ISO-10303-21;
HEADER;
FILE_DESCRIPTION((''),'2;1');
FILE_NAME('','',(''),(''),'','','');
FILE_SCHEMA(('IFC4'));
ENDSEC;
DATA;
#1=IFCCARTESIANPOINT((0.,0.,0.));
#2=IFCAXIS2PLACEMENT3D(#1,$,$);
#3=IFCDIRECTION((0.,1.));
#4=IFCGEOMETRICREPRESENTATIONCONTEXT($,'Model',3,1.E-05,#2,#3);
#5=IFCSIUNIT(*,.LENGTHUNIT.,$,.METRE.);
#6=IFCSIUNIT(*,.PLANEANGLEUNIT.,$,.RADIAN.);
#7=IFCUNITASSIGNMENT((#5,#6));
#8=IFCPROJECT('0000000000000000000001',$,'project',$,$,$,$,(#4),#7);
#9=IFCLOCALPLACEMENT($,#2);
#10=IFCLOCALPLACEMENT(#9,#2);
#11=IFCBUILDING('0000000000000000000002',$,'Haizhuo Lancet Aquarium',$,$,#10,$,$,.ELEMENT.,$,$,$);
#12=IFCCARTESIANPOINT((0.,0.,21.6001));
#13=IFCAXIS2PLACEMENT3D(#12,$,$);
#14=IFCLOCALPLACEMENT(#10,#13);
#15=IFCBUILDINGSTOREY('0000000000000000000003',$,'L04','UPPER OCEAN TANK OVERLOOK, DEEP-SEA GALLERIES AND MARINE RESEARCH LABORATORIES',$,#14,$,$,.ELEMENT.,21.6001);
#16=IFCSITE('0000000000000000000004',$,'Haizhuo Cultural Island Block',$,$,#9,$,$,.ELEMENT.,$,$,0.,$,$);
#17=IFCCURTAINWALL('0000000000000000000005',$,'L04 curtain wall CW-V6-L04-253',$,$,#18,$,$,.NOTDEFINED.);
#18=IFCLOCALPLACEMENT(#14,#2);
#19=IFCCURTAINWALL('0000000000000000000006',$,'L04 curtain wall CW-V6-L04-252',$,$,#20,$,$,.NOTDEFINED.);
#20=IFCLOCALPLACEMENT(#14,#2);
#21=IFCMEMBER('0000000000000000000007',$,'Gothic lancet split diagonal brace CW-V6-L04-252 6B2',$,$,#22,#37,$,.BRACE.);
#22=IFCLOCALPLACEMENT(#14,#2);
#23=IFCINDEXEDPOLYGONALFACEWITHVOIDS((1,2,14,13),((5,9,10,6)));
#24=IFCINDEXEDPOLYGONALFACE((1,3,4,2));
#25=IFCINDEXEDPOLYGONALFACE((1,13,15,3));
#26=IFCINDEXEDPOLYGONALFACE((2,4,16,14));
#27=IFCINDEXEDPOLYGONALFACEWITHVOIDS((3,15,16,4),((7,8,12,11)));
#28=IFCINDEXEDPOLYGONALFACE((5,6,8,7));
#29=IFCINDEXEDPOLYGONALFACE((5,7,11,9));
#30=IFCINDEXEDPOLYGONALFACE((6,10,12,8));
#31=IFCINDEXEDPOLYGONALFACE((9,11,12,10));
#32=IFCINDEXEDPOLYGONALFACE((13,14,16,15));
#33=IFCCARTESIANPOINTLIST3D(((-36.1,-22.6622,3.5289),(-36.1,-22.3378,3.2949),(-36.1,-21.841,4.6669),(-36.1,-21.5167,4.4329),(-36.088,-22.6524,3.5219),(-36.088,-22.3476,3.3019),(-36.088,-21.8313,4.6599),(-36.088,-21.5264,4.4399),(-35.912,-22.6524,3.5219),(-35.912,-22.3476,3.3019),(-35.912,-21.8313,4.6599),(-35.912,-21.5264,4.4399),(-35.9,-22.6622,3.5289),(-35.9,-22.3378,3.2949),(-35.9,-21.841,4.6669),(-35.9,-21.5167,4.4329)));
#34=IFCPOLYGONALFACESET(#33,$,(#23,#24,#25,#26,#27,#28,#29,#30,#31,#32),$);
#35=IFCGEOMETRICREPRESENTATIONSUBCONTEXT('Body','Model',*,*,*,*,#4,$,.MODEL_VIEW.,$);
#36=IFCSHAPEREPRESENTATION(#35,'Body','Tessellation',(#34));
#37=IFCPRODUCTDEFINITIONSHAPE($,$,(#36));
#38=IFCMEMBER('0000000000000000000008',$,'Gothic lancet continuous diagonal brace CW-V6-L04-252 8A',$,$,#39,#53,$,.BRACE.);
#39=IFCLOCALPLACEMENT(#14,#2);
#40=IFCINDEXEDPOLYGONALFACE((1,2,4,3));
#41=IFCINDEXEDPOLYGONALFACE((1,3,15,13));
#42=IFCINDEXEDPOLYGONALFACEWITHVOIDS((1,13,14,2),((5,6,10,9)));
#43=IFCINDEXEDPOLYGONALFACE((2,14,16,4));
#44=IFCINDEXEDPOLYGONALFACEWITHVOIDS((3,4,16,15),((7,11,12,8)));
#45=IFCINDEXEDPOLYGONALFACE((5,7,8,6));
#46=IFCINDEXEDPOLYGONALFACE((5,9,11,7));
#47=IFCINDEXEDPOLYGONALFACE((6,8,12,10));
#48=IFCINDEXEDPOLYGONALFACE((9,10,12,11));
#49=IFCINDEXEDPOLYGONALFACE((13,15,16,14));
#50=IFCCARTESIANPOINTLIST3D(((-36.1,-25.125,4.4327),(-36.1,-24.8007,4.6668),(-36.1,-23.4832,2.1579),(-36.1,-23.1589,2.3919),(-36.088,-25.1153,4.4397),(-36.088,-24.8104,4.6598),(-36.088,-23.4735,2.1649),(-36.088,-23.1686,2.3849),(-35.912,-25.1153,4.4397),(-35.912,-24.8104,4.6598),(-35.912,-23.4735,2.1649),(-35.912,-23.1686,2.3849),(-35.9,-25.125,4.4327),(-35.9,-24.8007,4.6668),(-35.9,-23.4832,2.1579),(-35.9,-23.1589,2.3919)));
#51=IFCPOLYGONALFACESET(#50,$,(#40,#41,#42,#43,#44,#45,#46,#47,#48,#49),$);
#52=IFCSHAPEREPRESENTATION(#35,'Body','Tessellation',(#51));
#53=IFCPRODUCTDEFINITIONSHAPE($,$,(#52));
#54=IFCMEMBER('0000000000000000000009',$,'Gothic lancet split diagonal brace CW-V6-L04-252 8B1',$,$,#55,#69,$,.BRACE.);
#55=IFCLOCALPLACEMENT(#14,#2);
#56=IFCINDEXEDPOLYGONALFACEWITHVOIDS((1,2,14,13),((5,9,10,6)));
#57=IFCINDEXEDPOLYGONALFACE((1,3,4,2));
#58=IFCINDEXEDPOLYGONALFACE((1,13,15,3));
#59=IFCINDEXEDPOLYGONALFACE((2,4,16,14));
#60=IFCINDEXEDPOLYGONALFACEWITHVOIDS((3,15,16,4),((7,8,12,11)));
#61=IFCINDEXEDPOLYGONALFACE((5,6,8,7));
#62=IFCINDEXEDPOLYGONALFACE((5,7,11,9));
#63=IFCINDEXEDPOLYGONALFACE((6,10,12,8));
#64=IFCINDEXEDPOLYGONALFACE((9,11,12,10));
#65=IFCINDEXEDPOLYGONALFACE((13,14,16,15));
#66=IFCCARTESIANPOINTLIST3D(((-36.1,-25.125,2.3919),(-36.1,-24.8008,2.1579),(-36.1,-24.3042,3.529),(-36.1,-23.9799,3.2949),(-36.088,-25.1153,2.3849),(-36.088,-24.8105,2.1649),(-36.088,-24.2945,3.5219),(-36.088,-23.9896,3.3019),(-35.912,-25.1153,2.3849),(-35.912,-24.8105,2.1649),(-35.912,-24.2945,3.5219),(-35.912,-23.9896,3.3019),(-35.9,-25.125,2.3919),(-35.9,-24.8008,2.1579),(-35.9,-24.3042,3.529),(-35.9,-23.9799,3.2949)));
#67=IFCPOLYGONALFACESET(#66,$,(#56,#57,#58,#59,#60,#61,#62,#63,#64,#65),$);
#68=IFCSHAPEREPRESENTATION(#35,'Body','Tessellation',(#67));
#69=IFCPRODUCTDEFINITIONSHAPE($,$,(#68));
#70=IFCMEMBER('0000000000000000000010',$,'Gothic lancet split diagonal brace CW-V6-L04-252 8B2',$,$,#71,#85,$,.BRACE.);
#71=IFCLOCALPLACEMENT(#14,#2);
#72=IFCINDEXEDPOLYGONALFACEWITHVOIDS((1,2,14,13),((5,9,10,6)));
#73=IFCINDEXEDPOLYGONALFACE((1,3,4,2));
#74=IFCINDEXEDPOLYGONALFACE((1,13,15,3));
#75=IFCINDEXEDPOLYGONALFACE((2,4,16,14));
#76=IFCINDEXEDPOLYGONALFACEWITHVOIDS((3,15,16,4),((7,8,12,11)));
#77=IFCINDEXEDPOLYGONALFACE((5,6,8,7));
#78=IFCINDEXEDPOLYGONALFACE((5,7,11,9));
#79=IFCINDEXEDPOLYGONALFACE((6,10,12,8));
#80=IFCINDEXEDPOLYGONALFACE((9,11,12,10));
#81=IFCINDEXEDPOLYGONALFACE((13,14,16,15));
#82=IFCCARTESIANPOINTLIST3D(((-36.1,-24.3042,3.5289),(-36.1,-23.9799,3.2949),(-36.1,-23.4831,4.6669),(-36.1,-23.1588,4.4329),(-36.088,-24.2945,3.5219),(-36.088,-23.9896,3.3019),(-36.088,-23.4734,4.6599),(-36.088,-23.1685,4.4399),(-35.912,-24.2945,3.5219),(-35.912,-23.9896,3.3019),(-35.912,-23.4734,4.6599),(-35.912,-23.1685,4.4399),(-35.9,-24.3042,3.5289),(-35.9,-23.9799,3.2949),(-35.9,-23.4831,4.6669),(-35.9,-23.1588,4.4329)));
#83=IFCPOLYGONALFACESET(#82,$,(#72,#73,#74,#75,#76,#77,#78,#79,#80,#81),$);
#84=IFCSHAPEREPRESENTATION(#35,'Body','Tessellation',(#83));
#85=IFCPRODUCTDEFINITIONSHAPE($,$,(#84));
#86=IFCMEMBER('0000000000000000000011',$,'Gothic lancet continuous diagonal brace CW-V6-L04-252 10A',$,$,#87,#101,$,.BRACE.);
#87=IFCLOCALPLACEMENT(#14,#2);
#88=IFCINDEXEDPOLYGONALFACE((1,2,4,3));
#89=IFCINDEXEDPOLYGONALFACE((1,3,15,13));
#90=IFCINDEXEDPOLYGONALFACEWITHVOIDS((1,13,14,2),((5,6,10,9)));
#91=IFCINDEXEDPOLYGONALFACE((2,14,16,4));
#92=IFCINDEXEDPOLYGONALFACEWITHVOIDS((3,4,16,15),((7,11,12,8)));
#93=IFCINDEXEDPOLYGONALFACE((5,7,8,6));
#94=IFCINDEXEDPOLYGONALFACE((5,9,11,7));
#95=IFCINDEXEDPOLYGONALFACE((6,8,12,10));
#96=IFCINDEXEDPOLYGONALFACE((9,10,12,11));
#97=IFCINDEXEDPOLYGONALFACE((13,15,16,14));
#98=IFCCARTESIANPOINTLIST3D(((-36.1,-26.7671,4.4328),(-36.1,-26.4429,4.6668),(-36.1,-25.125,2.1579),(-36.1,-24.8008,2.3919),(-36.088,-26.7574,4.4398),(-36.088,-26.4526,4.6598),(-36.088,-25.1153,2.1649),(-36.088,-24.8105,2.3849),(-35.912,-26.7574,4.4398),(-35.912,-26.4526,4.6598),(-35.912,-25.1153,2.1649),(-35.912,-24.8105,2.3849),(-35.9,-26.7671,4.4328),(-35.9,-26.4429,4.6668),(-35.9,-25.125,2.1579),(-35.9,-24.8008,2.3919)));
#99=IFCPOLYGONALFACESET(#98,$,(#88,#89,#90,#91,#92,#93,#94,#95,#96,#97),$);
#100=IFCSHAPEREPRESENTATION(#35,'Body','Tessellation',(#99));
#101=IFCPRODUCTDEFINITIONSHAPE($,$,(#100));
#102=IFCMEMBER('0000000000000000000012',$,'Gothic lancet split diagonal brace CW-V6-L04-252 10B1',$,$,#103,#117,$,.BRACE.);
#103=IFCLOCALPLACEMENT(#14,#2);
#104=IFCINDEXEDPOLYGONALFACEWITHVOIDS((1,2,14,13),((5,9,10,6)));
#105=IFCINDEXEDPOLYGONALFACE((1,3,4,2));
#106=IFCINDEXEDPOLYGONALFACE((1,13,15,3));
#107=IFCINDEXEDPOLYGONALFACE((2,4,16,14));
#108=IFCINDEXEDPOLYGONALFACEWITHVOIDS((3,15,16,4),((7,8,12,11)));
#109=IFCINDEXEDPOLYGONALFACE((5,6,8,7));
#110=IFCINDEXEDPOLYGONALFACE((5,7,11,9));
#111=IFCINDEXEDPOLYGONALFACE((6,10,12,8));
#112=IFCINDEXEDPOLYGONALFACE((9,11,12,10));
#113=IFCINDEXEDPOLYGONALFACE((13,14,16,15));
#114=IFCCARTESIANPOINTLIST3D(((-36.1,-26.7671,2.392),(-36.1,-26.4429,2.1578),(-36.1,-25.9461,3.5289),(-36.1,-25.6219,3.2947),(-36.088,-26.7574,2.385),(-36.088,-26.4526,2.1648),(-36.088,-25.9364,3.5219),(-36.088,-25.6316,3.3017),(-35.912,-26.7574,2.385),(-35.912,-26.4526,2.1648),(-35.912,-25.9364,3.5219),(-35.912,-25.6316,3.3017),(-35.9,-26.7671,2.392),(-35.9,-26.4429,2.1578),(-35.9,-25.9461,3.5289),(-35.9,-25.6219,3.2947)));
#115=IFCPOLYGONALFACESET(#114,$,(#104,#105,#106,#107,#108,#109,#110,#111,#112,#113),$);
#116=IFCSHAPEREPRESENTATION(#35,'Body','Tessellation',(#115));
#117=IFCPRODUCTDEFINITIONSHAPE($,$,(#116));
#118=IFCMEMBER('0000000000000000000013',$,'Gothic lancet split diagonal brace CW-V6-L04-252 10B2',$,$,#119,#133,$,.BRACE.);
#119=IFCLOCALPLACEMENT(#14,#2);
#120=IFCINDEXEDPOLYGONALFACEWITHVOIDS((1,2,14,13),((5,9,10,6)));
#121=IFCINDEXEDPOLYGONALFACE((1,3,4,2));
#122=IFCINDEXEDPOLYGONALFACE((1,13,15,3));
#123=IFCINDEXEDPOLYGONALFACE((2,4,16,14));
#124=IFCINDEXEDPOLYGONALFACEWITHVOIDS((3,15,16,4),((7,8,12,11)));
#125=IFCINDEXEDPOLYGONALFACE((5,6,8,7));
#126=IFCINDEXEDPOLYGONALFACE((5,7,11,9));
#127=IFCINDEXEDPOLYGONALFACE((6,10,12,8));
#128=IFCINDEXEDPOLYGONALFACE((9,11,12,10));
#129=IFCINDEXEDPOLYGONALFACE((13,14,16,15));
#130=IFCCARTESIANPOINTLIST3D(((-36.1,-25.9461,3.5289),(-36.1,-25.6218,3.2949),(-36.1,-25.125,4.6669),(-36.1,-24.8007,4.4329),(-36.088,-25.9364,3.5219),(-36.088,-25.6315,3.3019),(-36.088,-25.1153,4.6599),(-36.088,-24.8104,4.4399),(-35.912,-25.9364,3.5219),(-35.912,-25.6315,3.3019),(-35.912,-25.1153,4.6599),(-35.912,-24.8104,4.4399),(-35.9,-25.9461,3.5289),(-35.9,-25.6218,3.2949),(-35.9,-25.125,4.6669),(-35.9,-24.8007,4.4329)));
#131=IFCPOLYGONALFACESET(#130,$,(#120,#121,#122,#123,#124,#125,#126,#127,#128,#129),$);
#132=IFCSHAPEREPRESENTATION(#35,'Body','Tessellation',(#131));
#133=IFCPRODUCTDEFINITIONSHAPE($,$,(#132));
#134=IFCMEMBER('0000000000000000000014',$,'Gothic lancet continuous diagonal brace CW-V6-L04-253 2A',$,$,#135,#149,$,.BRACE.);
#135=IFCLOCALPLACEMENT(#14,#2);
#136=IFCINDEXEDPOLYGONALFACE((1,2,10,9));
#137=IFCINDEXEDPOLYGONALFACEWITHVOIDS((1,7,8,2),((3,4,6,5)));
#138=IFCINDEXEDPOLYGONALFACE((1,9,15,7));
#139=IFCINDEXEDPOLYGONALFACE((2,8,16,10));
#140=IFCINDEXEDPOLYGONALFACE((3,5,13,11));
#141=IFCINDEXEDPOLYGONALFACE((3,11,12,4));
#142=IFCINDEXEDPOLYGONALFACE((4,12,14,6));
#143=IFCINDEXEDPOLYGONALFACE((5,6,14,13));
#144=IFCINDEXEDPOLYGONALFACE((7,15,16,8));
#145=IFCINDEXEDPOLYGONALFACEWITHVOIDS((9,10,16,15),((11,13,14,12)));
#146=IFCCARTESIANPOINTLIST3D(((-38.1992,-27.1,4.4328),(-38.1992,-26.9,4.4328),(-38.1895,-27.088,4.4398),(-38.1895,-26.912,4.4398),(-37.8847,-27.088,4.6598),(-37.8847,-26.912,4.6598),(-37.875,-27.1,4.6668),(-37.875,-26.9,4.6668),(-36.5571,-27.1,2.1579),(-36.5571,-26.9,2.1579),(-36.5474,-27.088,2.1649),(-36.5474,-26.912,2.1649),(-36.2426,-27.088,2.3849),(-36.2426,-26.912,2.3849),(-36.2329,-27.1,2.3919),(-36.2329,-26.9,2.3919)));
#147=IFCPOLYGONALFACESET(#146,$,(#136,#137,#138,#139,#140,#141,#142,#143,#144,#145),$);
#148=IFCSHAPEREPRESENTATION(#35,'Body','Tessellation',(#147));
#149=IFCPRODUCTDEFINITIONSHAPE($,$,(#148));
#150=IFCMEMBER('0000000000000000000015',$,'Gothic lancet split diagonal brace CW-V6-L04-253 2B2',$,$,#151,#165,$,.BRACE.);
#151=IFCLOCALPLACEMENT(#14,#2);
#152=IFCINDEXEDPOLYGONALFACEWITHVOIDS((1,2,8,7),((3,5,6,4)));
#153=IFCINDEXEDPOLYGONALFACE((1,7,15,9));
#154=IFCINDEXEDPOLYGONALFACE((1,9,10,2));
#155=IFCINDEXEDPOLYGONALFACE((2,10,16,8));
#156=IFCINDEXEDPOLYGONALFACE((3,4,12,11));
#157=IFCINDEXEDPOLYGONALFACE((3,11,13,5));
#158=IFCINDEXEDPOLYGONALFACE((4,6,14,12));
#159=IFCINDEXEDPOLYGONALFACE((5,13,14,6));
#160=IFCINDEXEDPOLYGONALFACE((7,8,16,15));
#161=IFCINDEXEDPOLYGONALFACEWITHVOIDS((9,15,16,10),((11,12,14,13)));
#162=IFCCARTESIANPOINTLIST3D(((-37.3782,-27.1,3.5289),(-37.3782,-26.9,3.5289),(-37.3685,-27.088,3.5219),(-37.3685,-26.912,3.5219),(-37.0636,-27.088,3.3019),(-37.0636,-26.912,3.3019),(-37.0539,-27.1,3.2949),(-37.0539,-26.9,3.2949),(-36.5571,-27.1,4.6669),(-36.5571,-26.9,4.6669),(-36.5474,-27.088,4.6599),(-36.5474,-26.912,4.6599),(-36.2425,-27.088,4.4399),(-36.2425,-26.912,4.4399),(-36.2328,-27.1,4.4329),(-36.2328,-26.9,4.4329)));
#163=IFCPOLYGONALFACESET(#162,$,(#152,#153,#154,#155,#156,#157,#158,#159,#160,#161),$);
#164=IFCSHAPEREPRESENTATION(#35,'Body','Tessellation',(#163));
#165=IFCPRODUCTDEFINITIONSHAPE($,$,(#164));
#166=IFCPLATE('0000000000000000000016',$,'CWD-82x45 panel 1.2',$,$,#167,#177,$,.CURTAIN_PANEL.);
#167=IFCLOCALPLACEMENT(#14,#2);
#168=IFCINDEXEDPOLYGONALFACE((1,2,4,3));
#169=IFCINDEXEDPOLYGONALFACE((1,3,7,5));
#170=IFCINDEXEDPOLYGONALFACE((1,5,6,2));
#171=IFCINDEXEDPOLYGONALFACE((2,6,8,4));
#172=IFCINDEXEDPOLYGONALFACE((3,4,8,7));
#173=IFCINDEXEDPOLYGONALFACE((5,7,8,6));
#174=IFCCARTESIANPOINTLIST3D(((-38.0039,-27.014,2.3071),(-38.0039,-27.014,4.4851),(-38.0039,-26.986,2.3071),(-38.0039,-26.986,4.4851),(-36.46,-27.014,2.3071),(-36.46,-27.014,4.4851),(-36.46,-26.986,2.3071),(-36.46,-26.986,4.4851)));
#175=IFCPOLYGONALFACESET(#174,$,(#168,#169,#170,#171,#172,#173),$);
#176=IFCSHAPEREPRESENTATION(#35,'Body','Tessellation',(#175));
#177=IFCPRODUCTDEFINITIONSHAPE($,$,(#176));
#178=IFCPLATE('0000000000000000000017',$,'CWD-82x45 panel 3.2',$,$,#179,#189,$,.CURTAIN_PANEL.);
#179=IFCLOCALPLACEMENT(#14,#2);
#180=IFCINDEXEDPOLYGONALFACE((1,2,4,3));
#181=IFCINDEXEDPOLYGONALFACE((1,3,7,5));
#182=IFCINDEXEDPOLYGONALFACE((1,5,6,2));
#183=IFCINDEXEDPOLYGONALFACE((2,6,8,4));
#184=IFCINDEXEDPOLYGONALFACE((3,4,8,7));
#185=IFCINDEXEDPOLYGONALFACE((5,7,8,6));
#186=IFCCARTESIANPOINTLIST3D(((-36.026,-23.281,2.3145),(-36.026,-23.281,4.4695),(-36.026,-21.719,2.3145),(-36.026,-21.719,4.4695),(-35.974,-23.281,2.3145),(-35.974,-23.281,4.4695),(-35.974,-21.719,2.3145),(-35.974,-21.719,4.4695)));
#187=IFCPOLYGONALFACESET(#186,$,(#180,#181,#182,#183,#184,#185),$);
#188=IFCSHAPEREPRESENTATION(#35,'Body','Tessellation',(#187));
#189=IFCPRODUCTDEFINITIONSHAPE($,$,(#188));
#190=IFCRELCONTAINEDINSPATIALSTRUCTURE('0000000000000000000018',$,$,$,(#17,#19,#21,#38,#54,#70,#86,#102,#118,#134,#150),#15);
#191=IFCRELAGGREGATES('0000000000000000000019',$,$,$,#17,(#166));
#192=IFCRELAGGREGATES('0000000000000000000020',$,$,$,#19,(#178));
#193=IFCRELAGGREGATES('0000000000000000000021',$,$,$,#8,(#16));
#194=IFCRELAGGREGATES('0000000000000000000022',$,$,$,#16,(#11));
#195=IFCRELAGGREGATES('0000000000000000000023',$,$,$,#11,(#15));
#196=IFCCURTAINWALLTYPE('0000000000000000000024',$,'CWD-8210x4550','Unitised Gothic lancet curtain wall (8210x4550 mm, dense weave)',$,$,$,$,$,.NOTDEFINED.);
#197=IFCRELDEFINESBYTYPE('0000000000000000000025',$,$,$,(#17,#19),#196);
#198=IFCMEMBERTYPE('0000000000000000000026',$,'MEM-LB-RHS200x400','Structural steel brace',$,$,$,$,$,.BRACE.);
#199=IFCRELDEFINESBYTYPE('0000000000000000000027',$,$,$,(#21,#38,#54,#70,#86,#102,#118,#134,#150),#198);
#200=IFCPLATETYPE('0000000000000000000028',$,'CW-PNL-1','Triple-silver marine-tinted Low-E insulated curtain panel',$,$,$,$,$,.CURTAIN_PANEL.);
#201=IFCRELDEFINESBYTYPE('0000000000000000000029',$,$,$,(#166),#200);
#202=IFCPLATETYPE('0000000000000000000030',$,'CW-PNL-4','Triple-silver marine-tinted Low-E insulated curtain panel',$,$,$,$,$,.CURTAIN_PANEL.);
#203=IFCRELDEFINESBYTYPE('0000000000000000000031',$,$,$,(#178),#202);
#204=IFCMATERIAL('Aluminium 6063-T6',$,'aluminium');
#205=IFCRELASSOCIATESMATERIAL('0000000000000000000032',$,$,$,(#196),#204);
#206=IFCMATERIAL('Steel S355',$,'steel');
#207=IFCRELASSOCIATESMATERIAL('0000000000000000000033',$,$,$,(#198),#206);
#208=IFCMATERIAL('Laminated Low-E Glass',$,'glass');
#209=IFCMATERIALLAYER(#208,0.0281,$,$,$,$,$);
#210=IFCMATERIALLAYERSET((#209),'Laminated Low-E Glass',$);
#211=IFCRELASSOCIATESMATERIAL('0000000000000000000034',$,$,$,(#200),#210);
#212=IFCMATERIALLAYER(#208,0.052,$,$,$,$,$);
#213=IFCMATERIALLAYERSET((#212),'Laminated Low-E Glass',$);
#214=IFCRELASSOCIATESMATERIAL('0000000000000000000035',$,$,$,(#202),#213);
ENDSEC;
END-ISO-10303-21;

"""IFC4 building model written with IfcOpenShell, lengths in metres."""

from ifc_helpers import new_model, si_unit, direction, frame, origin, origin_2d, place, context, subcontext, project, spatial, rectangle, hollow_rectangle, extrude, material, layer, layer_set, material_profile, profile_set, type_object, element, aggregate, save


model = new_model("IFC4")

# Units and contexts
model_context = context("Model", 3, precision=1e-05, world=origin(), true_north=direction((0.0, 1.0)))
body_context = subcontext(model_context, "Body", "Model", "MODEL_VIEW")
ifc_project = project(units=[si_unit("LENGTHUNIT", "METRE"), si_unit("PLANEANGLEUNIT", "RADIAN")], contexts=[model_context])

# Site, building, storey
site_placement = place(None, origin())
site = spatial("IfcSite", under=ifc_project, at=site_placement, Name="Haizhuo Cultural Island Block", CompositionType="ELEMENT", RefElevation=0.0)
building_placement = place(site_placement, origin())
building = spatial("IfcBuilding", under=site, at=building_placement, Name="Haizhuo Lancet Aquarium", CompositionType="ELEMENT")
storey_placement = place(building_placement, frame((0.0, 0.0, 21.6001)))
storey = spatial("IfcBuildingStorey", under=building, at=storey_placement, Name="L04", Description="UPPER OCEAN TANK OVERLOOK, DEEP-SEA GALLERIES AND MARINE RESEARCH LABORATORIES", CompositionType="ELEMENT", Elevation=21.6001)

# Shared definitions
ifc_material_1 = material(Name="Steel S355", Category="steel")

# Curtain walls
ifc_material_2 = material(Name="Aluminium 6063-T6", Category="aluminium")
curtain_wall_type = type_object("IfcCurtainWallType", Name="CWD-8210x4550", Description="Unitised Gothic lancet curtain wall (8210x4550 mm, dense weave)", PredefinedType="NOTDEFINED", material=ifc_material_2)
curtain_wall_1_placement = place(storey_placement, origin())
curtain_wall_1 = element("IfcCurtainWall", 1, at=curtain_wall_1_placement, inside=storey, type_object=curtain_wall_type, Name="L04 curtain wall CW-V6-L04-253", PredefinedType="NOTDEFINED")
curtain_wall_2_placement = place(storey_placement, origin())
curtain_wall_2 = element("IfcCurtainWall", 2, at=curtain_wall_2_placement, inside=storey, type_object=curtain_wall_type, Name="L04 curtain wall CW-V6-L04-252", PredefinedType="NOTDEFINED")

# Members
ifc_material_profile_1 = material_profile(ifc_material_1, hollow_rectangle(XDim=0.2, YDim=0.3999, WallThickness=0.012, at=origin_2d()), Name="RHS 200x400x12")
ifc_profile_set_1 = profile_set([ifc_material_profile_1], Name="Steel S355")
member_type_1 = type_object("IfcMemberType", Name="MEM-LB-RHS200x400", Description="Structural steel brace", PredefinedType="BRACE", material=ifc_profile_set_1)
member_1_placement = place(storey_placement, frame((-36.0, -22.5, 3.4119), z_axis=(0.0, 0.585116, 0.81095), x_axis=(-1.0, 0.0, 0.0)))
element("IfcMember", 3, at=member_1_placement, inside=storey, type_object=member_type_1, Name="Gothic lancet split diagonal brace CW-V6-L04-252 6B2", PredefinedType="BRACE", context=body_context, shape_type="SweptSolid", body=[
    extrude(hollow_rectangle(XDim=0.2, YDim=0.3999, WallThickness=0.012, at=origin_2d()), origin(), (0.0, 0.0, 1.0), 1.4033),
])
member_2_placement = place(storey_placement, frame((-36.0, -23.321, 2.2749), z_axis=(0.0, -0.585224, 0.810872), x_axis=(1.0, 0.0, 0.0)))
element("IfcMember", 4, at=member_2_placement, inside=storey, type_object=member_type_1, Name="Gothic lancet continuous diagonal brace CW-V6-L04-252 8A", PredefinedType="BRACE", context=body_context, shape_type="SweptSolid", body=[
    extrude(hollow_rectangle(XDim=0.2, YDim=0.3999, WallThickness=0.012, at=origin_2d()), origin(), (0.0, 0.0, 1.0), 2.8054),
])
member_3_placement = place(storey_placement, frame((-36.0, -24.9629, 2.2749), z_axis=(0.0, 0.585332, 0.810794), x_axis=(-1.0, 0.0, 0.0)))
element("IfcMember", 5, at=member_3_placement, inside=storey, type_object=member_type_1, Name="Gothic lancet split diagonal brace CW-V6-L04-252 8B1", PredefinedType="BRACE", context=body_context, shape_type="SweptSolid", body=[
    extrude(hollow_rectangle(XDim=0.2, YDim=0.3999, WallThickness=0.012, at=origin_2d()), origin(), (0.0, 0.0, 1.0), 1.4023),
])
member_4_placement = place(storey_placement, frame((-36.0, -24.1421, 3.4119), z_axis=(0.0, 0.585116, 0.81095), x_axis=(-1.0, 0.0, 0.0)))
element("IfcMember", 6, at=member_4_placement, inside=storey, type_object=member_type_1, Name="Gothic lancet split diagonal brace CW-V6-L04-252 8B2", PredefinedType="BRACE", context=body_context, shape_type="SweptSolid", body=[
    extrude(hollow_rectangle(XDim=0.2, YDim=0.3999, WallThickness=0.012, at=origin_2d()), origin(), (0.0, 0.0, 1.0), 1.4033),
])
member_5_placement = place(storey_placement, frame((-36.0, -24.9629, 2.2749), z_axis=(0.0, -0.585281, 0.810831), x_axis=(1.0, 0.0, 0.0)))
element("IfcMember", 7, at=member_5_placement, inside=storey, type_object=member_type_1, Name="Gothic lancet continuous diagonal brace CW-V6-L04-252 10A", PredefinedType="BRACE", context=body_context, shape_type="SweptSolid", body=[
    extrude(hollow_rectangle(XDim=0.2, YDim=0.3999, WallThickness=0.012, at=origin_2d()), origin(), (0.0, 0.0, 1.0), 2.8057),
])
member_6_placement = place(storey_placement, frame((-36.0, -26.605, 2.2749), z_axis=(0.0, 0.585446, 0.810711), x_axis=(-1.0, 0.0, 0.0)))
element("IfcMember", 8, at=member_6_placement, inside=storey, type_object=member_type_1, Name="Gothic lancet split diagonal brace CW-V6-L04-252 10B1", PredefinedType="BRACE", context=body_context, shape_type="SweptSolid", body=[
    extrude(hollow_rectangle(XDim=0.2, YDim=0.3999, WallThickness=0.012, at=origin_2d()), origin(), (0.0, 0.0, 1.0), 1.4023),
])
member_7_placement = place(storey_placement, frame((-36.0, -25.7839, 3.4119), z_axis=(0.0, 0.585116, 0.81095), x_axis=(-1.0, 0.0, 0.0)))
element("IfcMember", 9, at=member_7_placement, inside=storey, type_object=member_type_1, Name="Gothic lancet split diagonal brace CW-V6-L04-252 10B2", PredefinedType="BRACE", context=body_context, shape_type="SweptSolid", body=[
    extrude(hollow_rectangle(XDim=0.2, YDim=0.3999, WallThickness=0.012, at=origin_2d()), origin(), (0.0, 0.0, 1.0), 1.4033),
])
member_8_placement = place(storey_placement, frame((-36.395, -27.0, 2.2749), z_axis=(-0.585281, 0.0, 0.810831), x_axis=(0.0, -1.0, 0.0)))
element("IfcMember", 10, at=member_8_placement, inside=storey, type_object=member_type_1, Name="Gothic lancet continuous diagonal brace CW-V6-L04-253 2A", PredefinedType="BRACE", context=body_context, shape_type="SweptSolid", body=[
    extrude(hollow_rectangle(XDim=0.2, YDim=0.3999, WallThickness=0.012, at=origin_2d()), origin(), (0.0, 0.0, 1.0), 2.8057),
])
member_9_placement = place(storey_placement, frame((-37.2161, -27.0, 3.4119), z_axis=(0.585116, 0.0, 0.81095), x_axis=(0.0, 1.0, 0.0)))
element("IfcMember", 11, at=member_9_placement, inside=storey, type_object=member_type_1, Name="Gothic lancet split diagonal brace CW-V6-L04-253 2B2", PredefinedType="BRACE", context=body_context, shape_type="SweptSolid", body=[
    extrude(hollow_rectangle(XDim=0.2, YDim=0.3999, WallThickness=0.012, at=origin_2d()), origin(), (0.0, 0.0, 1.0), 1.4033),
])

# Plates
ifc_material_3 = material(Name="Laminated Low-E Glass", Category="glass")
ifc_layer_1 = layer(ifc_material_3, 0.0281)
ifc_layer_set_1 = layer_set([ifc_layer_1], Name="Laminated Low-E Glass")
plate_type_1 = type_object("IfcPlateType", Name="CW-PNL-1", Description="Triple-silver marine-tinted Low-E insulated curtain panel", PredefinedType="CURTAIN_PANEL", material=ifc_layer_set_1)
plate_1_placement = place(storey_placement, frame((-37.2319, -27.0, 2.3071), z_axis=(0.0, 0.0, 1.0), x_axis=(-1.0, 0.0, 0.0)))
plate_1 = element("IfcPlate", 12, at=plate_1_placement, type_object=plate_type_1, Name="CWD-82x45 panel 1.2", PredefinedType="CURTAIN_PANEL", context=body_context, shape_type="SweptSolid", body=[
    extrude(rectangle(XDim=1.5439, YDim=0.0281, at=origin_2d()), origin(), (0.0, 0.0, 1.0), 2.178),
])
aggregate(curtain_wall_1, [plate_1])
ifc_layer_2 = layer(ifc_material_3, 0.052)
ifc_layer_set_2 = layer_set([ifc_layer_2], Name="Laminated Low-E Glass")
plate_type_2 = type_object("IfcPlateType", Name="CW-PNL-4", Description="Triple-silver marine-tinted Low-E insulated curtain panel", PredefinedType="CURTAIN_PANEL", material=ifc_layer_set_2)
plate_2_placement = place(storey_placement, frame((-36.0, -22.5, 2.3145), z_axis=(0.0, 0.0, 1.0), x_axis=(0.0, -1.0, 0.0)))
plate_2 = element("IfcPlate", 13, at=plate_2_placement, type_object=plate_type_2, Name="CWD-82x45 panel 3.2", PredefinedType="CURTAIN_PANEL", context=body_context, shape_type="SweptSolid", body=[
    extrude(rectangle(XDim=1.562, YDim=0.052, at=origin_2d()), origin(), (0.0, 0.0, 1.0), 2.155),
])
aggregate(curtain_wall_2, [plate_2])

save(model, "model.ifc")
